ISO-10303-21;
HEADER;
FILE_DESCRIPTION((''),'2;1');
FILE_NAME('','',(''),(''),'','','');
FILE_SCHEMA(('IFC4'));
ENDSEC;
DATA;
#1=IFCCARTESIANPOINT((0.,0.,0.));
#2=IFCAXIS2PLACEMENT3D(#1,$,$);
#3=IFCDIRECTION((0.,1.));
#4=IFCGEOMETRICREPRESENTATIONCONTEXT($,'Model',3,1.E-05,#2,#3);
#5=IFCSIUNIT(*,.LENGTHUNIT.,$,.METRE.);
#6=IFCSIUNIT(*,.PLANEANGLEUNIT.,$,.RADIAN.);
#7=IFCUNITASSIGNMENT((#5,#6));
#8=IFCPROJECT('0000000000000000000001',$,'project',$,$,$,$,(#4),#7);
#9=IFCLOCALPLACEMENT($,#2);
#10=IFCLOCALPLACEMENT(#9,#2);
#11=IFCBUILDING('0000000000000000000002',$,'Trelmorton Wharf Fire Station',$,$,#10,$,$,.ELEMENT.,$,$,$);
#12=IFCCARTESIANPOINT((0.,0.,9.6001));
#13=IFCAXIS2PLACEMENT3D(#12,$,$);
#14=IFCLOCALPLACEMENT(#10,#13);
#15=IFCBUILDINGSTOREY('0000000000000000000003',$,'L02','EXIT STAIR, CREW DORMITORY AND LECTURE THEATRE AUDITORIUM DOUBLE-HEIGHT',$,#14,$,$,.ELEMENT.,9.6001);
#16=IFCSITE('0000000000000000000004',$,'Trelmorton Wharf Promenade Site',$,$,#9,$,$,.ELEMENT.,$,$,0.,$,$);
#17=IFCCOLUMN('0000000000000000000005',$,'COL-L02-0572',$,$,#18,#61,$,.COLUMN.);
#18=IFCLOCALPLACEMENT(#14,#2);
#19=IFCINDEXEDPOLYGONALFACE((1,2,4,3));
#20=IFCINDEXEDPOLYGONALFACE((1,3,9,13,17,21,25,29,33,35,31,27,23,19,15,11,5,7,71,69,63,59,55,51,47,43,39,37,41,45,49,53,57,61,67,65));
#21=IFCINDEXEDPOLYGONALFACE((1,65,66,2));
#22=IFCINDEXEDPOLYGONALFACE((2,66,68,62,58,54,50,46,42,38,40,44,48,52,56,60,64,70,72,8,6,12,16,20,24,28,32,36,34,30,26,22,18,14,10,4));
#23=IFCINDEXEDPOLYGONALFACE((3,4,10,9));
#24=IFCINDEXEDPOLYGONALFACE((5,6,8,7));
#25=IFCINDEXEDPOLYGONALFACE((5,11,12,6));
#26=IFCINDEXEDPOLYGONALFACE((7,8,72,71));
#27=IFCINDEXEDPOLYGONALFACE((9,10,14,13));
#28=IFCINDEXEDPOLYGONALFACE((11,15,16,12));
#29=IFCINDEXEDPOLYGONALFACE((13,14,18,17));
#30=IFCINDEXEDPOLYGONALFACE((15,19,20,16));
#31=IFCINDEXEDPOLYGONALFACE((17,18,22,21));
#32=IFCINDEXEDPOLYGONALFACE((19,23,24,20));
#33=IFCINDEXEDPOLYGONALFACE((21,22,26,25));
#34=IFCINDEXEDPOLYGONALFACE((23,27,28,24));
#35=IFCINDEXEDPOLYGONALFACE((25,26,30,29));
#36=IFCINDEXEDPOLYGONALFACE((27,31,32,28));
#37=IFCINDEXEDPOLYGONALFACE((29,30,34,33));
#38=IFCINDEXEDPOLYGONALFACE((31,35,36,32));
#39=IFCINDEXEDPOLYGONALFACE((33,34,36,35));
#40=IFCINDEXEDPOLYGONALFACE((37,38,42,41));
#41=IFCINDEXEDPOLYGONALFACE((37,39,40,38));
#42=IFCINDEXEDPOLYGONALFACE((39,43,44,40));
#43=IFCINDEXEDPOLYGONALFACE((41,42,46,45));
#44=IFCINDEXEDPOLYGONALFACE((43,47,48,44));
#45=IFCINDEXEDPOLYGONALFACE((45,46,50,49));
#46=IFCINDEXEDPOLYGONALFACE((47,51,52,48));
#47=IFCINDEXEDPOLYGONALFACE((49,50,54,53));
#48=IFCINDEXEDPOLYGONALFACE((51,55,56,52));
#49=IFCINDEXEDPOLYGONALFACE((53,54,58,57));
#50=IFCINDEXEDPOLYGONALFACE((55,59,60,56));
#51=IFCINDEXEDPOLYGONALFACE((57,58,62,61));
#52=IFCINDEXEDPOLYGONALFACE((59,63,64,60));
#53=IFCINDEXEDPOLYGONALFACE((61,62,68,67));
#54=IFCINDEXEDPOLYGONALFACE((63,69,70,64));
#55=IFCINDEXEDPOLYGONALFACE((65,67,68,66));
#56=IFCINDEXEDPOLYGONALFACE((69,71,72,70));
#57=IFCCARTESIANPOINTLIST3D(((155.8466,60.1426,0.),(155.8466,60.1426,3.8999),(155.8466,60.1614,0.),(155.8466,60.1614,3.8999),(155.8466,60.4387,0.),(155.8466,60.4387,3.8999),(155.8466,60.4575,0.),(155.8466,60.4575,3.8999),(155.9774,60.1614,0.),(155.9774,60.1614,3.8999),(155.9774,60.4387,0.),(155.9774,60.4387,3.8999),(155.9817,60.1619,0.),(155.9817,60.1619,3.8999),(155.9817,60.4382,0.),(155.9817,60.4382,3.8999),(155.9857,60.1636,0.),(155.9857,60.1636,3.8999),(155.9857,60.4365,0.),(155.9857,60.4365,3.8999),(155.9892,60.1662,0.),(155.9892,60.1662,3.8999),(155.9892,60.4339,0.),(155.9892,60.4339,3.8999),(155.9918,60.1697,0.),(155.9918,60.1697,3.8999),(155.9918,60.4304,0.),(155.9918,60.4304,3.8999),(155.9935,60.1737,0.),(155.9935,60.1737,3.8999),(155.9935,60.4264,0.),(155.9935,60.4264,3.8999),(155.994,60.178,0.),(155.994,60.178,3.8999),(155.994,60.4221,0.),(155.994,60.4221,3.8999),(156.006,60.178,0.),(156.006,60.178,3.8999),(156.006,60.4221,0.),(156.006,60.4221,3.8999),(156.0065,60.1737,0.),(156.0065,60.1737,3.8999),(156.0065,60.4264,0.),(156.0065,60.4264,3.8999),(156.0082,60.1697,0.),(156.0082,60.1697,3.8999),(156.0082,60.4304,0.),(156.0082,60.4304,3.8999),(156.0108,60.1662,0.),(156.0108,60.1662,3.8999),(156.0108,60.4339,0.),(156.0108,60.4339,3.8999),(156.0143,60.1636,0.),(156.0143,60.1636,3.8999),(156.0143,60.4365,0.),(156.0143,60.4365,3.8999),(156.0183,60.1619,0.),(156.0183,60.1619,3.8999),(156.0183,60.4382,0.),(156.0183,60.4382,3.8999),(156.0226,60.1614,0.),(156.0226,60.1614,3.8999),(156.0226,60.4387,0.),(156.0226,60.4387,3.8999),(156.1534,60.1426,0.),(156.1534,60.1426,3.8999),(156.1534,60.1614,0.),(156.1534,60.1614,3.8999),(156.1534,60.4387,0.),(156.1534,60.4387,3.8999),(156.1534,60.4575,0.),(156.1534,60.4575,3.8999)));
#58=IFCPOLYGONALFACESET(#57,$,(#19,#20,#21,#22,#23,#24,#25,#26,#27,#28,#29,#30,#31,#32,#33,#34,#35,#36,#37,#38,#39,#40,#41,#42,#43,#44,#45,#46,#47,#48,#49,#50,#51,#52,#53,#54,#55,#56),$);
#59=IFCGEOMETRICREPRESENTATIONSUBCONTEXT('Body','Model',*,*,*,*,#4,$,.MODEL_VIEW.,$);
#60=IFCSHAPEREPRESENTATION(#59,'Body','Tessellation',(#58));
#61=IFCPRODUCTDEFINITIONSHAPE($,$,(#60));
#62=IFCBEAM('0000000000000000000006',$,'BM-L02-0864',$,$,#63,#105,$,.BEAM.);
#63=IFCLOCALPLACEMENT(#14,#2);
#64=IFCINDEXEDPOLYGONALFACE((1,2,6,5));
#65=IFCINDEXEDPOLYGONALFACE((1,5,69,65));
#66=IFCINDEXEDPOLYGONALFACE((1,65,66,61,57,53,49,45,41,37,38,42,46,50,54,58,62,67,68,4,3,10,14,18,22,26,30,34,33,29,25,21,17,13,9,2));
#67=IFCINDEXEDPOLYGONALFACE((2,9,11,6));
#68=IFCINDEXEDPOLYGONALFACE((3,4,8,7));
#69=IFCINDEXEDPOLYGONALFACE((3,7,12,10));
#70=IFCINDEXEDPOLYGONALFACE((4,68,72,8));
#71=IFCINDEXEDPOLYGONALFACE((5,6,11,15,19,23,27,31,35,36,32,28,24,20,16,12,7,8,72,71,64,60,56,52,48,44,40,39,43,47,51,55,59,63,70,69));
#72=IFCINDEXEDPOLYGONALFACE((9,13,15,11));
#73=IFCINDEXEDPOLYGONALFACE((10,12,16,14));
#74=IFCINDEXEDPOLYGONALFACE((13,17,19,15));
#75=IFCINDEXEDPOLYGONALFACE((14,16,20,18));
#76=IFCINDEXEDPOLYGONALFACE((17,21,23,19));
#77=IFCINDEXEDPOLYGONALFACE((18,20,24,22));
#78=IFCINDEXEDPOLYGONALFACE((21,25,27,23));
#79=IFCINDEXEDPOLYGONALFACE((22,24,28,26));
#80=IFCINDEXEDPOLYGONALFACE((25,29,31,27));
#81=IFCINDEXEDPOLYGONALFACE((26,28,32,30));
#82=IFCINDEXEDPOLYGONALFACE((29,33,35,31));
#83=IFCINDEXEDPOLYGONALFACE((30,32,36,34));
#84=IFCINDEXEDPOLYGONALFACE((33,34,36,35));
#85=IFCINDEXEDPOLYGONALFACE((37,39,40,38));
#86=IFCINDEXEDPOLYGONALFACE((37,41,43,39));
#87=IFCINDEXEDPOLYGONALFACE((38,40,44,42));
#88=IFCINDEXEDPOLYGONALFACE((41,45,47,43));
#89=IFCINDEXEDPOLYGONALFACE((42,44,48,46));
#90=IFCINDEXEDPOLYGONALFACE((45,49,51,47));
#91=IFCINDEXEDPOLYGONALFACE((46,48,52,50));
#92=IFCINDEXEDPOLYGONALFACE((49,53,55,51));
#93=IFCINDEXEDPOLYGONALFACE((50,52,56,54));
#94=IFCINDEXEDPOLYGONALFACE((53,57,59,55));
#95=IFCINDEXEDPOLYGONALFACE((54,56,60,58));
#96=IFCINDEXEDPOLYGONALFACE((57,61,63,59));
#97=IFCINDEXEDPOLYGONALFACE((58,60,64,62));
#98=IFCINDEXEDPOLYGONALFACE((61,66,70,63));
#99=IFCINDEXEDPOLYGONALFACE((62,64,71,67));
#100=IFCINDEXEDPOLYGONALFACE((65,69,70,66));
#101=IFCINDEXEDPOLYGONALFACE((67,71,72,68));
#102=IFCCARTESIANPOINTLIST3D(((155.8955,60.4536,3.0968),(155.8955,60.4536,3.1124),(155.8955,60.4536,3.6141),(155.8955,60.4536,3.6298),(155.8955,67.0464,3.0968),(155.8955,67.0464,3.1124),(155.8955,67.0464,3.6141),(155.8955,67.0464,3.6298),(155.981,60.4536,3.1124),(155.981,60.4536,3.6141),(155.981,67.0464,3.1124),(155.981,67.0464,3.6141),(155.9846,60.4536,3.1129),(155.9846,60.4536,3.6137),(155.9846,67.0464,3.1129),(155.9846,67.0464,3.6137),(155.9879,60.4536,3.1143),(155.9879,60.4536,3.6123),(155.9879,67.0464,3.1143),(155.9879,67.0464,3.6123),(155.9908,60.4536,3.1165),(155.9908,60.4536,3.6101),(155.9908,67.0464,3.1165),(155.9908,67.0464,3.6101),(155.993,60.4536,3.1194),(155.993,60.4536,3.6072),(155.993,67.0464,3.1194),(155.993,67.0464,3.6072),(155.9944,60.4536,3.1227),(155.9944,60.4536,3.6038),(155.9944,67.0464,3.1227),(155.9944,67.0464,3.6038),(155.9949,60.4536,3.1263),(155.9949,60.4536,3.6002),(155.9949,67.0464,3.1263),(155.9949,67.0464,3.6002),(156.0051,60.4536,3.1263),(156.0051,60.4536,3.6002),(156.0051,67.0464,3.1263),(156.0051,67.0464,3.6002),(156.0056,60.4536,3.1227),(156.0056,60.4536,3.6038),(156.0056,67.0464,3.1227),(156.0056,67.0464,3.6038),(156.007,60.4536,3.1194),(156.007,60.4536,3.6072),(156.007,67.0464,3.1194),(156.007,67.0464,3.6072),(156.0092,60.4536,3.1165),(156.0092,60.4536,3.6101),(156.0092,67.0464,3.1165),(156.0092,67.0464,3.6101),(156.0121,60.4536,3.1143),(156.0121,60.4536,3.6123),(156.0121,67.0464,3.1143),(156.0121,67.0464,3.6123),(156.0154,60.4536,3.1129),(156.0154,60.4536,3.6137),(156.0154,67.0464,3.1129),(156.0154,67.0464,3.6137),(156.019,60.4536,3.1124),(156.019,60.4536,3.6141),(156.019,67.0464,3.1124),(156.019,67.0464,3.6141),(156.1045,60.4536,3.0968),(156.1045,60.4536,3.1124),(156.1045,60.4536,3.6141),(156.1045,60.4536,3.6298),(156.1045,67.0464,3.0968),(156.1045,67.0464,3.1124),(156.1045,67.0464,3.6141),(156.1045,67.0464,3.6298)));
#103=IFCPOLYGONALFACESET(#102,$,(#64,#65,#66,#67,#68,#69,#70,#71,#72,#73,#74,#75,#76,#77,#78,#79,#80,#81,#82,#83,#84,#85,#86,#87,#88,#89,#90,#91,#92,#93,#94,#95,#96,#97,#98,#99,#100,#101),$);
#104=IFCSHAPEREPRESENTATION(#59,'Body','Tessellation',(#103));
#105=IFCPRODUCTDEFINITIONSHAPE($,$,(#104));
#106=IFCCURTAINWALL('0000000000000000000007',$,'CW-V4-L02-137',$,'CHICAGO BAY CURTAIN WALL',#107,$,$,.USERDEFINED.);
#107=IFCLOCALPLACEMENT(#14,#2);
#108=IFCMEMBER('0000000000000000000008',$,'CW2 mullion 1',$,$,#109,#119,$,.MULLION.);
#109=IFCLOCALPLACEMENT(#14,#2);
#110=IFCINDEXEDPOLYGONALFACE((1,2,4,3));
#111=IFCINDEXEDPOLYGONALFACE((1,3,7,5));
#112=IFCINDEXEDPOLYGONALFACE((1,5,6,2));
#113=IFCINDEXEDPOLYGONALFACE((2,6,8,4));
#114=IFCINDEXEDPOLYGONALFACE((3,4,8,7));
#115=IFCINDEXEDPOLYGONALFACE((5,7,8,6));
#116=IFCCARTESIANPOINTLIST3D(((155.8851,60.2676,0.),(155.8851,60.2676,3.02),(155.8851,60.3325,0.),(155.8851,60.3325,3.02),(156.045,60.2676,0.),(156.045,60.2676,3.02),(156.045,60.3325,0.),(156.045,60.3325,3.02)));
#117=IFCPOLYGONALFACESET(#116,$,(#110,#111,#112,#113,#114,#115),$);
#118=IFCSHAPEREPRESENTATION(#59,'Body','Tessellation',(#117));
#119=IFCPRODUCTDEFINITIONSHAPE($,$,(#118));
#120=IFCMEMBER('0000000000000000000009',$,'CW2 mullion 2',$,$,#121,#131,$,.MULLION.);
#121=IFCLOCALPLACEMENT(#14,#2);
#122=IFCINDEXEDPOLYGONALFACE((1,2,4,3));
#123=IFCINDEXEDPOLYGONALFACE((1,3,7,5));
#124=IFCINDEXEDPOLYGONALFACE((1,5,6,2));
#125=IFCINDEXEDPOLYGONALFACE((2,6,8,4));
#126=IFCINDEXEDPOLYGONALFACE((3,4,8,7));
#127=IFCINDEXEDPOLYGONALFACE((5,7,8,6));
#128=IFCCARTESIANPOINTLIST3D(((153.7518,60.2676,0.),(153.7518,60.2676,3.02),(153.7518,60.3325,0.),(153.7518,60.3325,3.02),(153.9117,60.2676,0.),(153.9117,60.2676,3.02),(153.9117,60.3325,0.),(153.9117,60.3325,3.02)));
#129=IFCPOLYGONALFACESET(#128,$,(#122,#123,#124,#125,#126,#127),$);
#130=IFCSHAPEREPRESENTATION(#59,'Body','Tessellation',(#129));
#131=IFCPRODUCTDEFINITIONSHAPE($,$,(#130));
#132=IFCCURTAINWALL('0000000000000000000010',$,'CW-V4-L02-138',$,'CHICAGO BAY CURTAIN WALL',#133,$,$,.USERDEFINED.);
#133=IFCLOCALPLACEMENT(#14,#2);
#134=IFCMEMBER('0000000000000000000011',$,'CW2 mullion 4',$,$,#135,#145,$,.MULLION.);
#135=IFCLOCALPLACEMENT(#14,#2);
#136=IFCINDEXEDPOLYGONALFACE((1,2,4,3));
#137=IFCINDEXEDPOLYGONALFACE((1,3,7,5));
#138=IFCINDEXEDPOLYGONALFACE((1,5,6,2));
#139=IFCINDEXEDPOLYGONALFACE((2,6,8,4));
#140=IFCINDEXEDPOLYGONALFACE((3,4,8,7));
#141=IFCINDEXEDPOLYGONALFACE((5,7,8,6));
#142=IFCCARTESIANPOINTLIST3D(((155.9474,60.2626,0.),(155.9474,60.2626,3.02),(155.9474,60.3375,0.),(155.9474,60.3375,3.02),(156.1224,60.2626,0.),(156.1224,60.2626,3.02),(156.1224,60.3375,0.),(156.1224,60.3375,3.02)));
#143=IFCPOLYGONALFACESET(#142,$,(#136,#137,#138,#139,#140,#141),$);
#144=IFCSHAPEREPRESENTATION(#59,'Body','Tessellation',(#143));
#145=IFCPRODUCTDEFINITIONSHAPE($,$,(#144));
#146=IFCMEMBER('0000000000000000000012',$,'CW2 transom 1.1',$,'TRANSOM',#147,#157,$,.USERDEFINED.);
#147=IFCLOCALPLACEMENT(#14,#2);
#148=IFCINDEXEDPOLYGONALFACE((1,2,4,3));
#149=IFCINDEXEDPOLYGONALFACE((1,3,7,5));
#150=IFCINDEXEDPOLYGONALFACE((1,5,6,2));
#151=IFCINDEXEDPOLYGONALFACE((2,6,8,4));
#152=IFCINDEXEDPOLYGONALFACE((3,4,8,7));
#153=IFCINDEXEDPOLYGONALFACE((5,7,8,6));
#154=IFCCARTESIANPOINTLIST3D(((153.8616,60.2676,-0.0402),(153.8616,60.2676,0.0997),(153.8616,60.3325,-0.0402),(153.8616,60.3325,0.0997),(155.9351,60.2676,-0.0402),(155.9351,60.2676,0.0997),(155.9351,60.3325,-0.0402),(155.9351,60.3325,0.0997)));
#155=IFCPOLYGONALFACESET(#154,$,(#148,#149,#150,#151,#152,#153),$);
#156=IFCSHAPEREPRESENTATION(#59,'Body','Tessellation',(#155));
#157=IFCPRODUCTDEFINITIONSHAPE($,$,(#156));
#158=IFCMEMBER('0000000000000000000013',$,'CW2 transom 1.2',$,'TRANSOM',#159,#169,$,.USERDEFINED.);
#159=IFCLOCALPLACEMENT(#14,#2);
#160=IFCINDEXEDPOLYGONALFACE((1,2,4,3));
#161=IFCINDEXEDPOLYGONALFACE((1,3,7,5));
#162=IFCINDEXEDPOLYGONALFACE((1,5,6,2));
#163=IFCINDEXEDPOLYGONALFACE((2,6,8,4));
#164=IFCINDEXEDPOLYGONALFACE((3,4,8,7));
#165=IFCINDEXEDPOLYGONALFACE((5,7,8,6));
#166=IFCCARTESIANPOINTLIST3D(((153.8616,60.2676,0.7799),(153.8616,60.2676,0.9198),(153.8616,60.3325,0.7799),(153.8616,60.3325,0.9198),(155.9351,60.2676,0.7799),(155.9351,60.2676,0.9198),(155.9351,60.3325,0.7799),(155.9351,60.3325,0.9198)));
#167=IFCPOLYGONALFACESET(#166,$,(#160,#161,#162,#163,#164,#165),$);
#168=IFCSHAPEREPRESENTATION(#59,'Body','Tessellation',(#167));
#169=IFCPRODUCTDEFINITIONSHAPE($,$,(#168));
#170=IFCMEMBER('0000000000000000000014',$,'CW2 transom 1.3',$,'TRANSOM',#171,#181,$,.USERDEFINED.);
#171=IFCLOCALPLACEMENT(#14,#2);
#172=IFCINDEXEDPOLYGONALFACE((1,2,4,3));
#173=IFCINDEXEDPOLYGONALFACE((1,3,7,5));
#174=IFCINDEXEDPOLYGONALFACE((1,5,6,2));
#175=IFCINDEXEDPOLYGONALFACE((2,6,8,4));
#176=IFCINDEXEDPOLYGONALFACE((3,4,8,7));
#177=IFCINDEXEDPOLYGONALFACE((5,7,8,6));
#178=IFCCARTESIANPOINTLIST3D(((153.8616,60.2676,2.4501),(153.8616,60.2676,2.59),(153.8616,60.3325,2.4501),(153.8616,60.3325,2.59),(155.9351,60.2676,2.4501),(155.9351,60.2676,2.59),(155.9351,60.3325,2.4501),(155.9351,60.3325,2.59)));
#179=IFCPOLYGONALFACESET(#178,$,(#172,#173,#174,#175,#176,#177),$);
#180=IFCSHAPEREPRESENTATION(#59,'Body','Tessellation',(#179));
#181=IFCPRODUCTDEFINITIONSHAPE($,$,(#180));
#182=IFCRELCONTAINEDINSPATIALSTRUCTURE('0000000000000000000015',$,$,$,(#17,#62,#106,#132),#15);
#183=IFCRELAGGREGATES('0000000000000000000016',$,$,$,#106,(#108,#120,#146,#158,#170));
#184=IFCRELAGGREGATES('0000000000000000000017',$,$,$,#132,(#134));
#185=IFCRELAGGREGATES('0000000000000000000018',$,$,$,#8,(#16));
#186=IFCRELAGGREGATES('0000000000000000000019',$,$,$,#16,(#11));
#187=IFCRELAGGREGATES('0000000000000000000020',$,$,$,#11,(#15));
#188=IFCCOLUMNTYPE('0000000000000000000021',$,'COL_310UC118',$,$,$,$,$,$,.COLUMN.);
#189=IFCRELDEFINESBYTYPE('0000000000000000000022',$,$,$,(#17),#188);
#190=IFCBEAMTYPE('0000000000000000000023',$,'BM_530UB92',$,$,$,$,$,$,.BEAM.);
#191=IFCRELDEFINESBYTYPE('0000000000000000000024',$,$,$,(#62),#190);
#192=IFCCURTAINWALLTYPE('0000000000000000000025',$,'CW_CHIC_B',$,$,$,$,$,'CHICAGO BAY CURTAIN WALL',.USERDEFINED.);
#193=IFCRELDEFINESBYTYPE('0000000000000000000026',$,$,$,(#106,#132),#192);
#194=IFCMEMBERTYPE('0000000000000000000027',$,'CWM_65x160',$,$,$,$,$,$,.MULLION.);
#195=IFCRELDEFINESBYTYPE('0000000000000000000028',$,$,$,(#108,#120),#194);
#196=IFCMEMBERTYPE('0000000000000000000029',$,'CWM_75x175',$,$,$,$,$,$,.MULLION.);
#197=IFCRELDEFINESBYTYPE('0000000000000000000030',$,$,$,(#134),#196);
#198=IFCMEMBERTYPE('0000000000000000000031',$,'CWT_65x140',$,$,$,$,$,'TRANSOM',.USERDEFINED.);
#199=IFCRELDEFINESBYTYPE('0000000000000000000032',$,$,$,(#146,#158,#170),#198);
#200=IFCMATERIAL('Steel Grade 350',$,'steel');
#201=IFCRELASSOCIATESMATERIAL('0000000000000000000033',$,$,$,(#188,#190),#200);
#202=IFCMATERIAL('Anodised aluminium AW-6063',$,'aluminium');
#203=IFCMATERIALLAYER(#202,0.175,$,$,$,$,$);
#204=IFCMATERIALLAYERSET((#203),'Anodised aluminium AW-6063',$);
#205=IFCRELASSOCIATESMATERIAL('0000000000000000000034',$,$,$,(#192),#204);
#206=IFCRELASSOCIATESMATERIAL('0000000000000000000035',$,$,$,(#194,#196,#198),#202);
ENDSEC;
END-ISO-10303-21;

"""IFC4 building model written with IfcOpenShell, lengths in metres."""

from ifc_helpers import new_model, si_unit, direction, frame, origin, origin_2d, place, context, subcontext, project, spatial, rectangle, i_section, extrude, material, layer, layer_set, material_profile, profile_set, type_object, element, aggregate, save


model = new_model("IFC4")

# Units and contexts
model_context = context("Model", 3, precision=1e-05, world=origin(), true_north=direction((0.0, 1.0)))
body_context = subcontext(model_context, "Body", "Model", "MODEL_VIEW")
ifc_project = project(units=[si_unit("LENGTHUNIT", "METRE"), si_unit("PLANEANGLEUNIT", "RADIAN")], contexts=[model_context])

# Site, building, storey
site_placement = place(None, origin())
site = spatial("IfcSite", under=ifc_project, at=site_placement, Name="Trelmorton Wharf Promenade Site", CompositionType="ELEMENT", RefElevation=0.0)
building_placement = place(site_placement, origin())
building = spatial("IfcBuilding", under=site, at=building_placement, Name="Trelmorton Wharf Fire Station", CompositionType="ELEMENT")
storey_placement = place(building_placement, frame((0.0, 0.0, 9.6001)))
storey = spatial("IfcBuildingStorey", under=building, at=storey_placement, Name="L02", Description="EXIT STAIR, CREW DORMITORY AND LECTURE THEATRE AUDITORIUM DOUBLE-HEIGHT", CompositionType="ELEMENT", Elevation=9.6001)

# Column
ifc_material_1 = material(Name="Steel Grade 350", Category="steel")
ifc_material_profile_1 = material_profile(ifc_material_1, i_section(OverallWidth=0.3069, OverallDepth=0.3149, WebThickness=0.012, FlangeThickness=0.0188, FilletRadius=0.0166, at=origin_2d()), Name="310UC118")
ifc_profile_set_1 = profile_set([ifc_material_profile_1], Name="Steel Grade 350")
column_type = type_object("IfcColumnType", Name="COL_310UC118", PredefinedType="COLUMN", material=ifc_profile_set_1)
column_placement = place(storey_placement, frame((156.0, 60.3, 0.0), z_axis=(0.0, 0.0, 1.0), x_axis=(1.0, 0.0, 0.0)))
element("IfcColumn", 1, at=column_placement, inside=storey, type_object=column_type, Name="COL-L02-0572", PredefinedType="COLUMN", context=body_context, shape_type="SweptSolid", body=[
    extrude(i_section(OverallWidth=0.3069, OverallDepth=0.3149, WebThickness=0.012, FlangeThickness=0.0188, FilletRadius=0.0166, at=origin_2d()), origin(), (0.0, 0.0, 1.0), 3.8999),
])

# Beam
ifc_material_profile_2 = material_profile(ifc_material_1, i_section(OverallWidth=0.209, OverallDepth=0.533, WebThickness=0.0103, FlangeThickness=0.0156, FilletRadius=0.0139, at=origin_2d()), Name="530UB92.4")
ifc_profile_set_2 = profile_set([ifc_material_profile_2], Name="Steel Grade 350")
beam_type_1 = type_object("IfcBeamType", Name="BM_530UB92", PredefinedType="BEAM", material=ifc_profile_set_2)
beam_1_placement = place(storey_placement, frame((156.0, 60.4536, 3.3633), z_axis=(0.0, 1.0, 0.0), x_axis=(-1.0, 0.0, 0.0)))
element("IfcBeam", 2, at=beam_1_placement, inside=storey, type_object=beam_type_1, Name="BM-L02-0864", PredefinedType="BEAM", context=body_context, shape_type="SweptSolid", body=[
    extrude(i_section(OverallWidth=0.209, OverallDepth=0.533, WebThickness=0.0103, FlangeThickness=0.0156, FilletRadius=0.0139, at=origin_2d()), origin(), (0.0, 0.0, 1.0), 6.5928),
])

# Curtain wall, members
ifc_material_2 = material(Name="Anodised aluminium AW-6063", Category="aluminium")
ifc_layer_1 = layer(ifc_material_2, 0.175)
ifc_layer_set_1 = layer_set([ifc_layer_1], Name="Anodised aluminium AW-6063")
curtain_wall_type = type_object("IfcCurtainWallType", Name="CW_CHIC_B", ElementType="CHICAGO BAY CURTAIN WALL", PredefinedType="USERDEFINED", material=ifc_layer_set_1)
curtain_wall_1_placement = place(storey_placement, origin())
curtain_wall_1 = element("IfcCurtainWall", 3, at=curtain_wall_1_placement, inside=storey, type_object=curtain_wall_type, Name="CW-V4-L02-137", ObjectType="CHICAGO BAY CURTAIN WALL", PredefinedType="USERDEFINED")
ifc_material_profile_3 = material_profile(ifc_material_2, rectangle(XDim=0.0649, YDim=0.1599, at=origin_2d()), Name="ALU-65x160")
ifc_profile_set_3 = profile_set([ifc_material_profile_3], Name="Anodised aluminium AW-6063")
member_type_1 = type_object("IfcMemberType", Name="CWM_65x160", PredefinedType="MULLION", material=ifc_profile_set_3)
member_1_placement = place(storey_placement, frame((155.9651, 60.3, 0.0), z_axis=(0.0, 0.0, 1.0), x_axis=(0.0, -1.0, 0.0)))
member_1 = element("IfcMember", 4, at=member_1_placement, type_object=member_type_1, Name="CW2 mullion 1", PredefinedType="MULLION", context=body_context, shape_type="SweptSolid", body=[
    extrude(rectangle(XDim=0.0649, YDim=0.1599, at=origin_2d()), origin(), (0.0, 0.0, 1.0), 3.02),
])
member_2_placement = place(storey_placement, frame((153.8318, 60.3, 0.0), z_axis=(0.0, 0.0, 1.0), x_axis=(0.0, -1.0, 0.0)))
member_2 = element("IfcMember", 5, at=member_2_placement, type_object=member_type_1, Name="CW2 mullion 2", PredefinedType="MULLION", context=body_context, shape_type="SweptSolid", body=[
    extrude(rectangle(XDim=0.0649, YDim=0.1599, at=origin_2d()), origin(), (0.0, 0.0, 1.0), 3.02),
])

# Curtain wall, member
curtain_wall_2_placement = place(storey_placement, origin())
curtain_wall_2 = element("IfcCurtainWall", 6, at=curtain_wall_2_placement, inside=storey, type_object=curtain_wall_type, Name="CW-V4-L02-138", ObjectType="CHICAGO BAY CURTAIN WALL", PredefinedType="USERDEFINED")
ifc_material_profile_4 = material_profile(ifc_material_2, rectangle(XDim=0.075, YDim=0.175, at=origin_2d()), Name="ALU-75x175")
ifc_profile_set_4 = profile_set([ifc_material_profile_4], Name="Anodised aluminium AW-6063")
member_type_2 = type_object("IfcMemberType", Name="CWM_75x175", PredefinedType="MULLION", material=ifc_profile_set_4)
member_3_placement = place(storey_placement, frame((156.0349, 60.3, 0.0), z_axis=(0.0, 0.0, 1.0), x_axis=(0.0, -1.0, 0.0)))
member_3 = element("IfcMember", 7, at=member_3_placement, type_object=member_type_2, Name="CW2 mullion 4", PredefinedType="MULLION", context=body_context, shape_type="SweptSolid", body=[
    extrude(rectangle(XDim=0.075, YDim=0.175, at=origin_2d()), origin(), (0.0, 0.0, 1.0), 3.02),
])

# Members
ifc_material_profile_5 = material_profile(ifc_material_2, rectangle(XDim=0.0649, YDim=0.1399, at=origin_2d()), Name="ALU-65x140")
ifc_profile_set_5 = profile_set([ifc_material_profile_5], Name="Anodised aluminium AW-6063")
member_type_3 = type_object("IfcMemberType", Name="CWT_65x140", ElementType="TRANSOM", PredefinedType="USERDEFINED", material=ifc_profile_set_5)
member_4_placement = place(storey_placement, frame((155.9351, 60.3, 0.0298), z_axis=(-1.0, 0.0, 0.0), x_axis=(0.0, -1.0, 0.0)))
member_4 = element("IfcMember", 8, at=member_4_placement, type_object=member_type_3, Name="CW2 transom 1.1", ObjectType="TRANSOM", PredefinedType="USERDEFINED", context=body_context, shape_type="SweptSolid", body=[
    extrude(rectangle(XDim=0.0649, YDim=0.1399, at=origin_2d()), origin(), (0.0, 0.0, 1.0), 2.0735),
])
member_5_placement = place(storey_placement, frame((155.9351, 60.3, 0.8499), z_axis=(-1.0, 0.0, 0.0), x_axis=(0.0, -1.0, 0.0)))
member_5 = element("IfcMember", 9, at=member_5_placement, type_object=member_type_3, Name="CW2 transom 1.2", ObjectType="TRANSOM", PredefinedType="USERDEFINED", context=body_context, shape_type="SweptSolid", body=[
    extrude(rectangle(XDim=0.0649, YDim=0.1399, at=origin_2d()), origin(), (0.0, 0.0, 1.0), 2.0735),
])
member_6_placement = place(storey_placement, frame((155.9351, 60.3, 2.52), z_axis=(-1.0, 0.0, 0.0), x_axis=(0.0, -1.0, 0.0)))
member_6 = element("IfcMember", 10, at=member_6_placement, type_object=member_type_3, Name="CW2 transom 1.3", ObjectType="TRANSOM", PredefinedType="USERDEFINED", context=body_context, shape_type="SweptSolid", body=[
    extrude(rectangle(XDim=0.0649, YDim=0.1399, at=origin_2d()), origin(), (0.0, 0.0, 1.0), 2.0735),
])

aggregate(curtain_wall_1, [member_1, member_2, member_4, member_5, member_6])
aggregate(curtain_wall_2, [member_3])

save(model, "model.ifc")
